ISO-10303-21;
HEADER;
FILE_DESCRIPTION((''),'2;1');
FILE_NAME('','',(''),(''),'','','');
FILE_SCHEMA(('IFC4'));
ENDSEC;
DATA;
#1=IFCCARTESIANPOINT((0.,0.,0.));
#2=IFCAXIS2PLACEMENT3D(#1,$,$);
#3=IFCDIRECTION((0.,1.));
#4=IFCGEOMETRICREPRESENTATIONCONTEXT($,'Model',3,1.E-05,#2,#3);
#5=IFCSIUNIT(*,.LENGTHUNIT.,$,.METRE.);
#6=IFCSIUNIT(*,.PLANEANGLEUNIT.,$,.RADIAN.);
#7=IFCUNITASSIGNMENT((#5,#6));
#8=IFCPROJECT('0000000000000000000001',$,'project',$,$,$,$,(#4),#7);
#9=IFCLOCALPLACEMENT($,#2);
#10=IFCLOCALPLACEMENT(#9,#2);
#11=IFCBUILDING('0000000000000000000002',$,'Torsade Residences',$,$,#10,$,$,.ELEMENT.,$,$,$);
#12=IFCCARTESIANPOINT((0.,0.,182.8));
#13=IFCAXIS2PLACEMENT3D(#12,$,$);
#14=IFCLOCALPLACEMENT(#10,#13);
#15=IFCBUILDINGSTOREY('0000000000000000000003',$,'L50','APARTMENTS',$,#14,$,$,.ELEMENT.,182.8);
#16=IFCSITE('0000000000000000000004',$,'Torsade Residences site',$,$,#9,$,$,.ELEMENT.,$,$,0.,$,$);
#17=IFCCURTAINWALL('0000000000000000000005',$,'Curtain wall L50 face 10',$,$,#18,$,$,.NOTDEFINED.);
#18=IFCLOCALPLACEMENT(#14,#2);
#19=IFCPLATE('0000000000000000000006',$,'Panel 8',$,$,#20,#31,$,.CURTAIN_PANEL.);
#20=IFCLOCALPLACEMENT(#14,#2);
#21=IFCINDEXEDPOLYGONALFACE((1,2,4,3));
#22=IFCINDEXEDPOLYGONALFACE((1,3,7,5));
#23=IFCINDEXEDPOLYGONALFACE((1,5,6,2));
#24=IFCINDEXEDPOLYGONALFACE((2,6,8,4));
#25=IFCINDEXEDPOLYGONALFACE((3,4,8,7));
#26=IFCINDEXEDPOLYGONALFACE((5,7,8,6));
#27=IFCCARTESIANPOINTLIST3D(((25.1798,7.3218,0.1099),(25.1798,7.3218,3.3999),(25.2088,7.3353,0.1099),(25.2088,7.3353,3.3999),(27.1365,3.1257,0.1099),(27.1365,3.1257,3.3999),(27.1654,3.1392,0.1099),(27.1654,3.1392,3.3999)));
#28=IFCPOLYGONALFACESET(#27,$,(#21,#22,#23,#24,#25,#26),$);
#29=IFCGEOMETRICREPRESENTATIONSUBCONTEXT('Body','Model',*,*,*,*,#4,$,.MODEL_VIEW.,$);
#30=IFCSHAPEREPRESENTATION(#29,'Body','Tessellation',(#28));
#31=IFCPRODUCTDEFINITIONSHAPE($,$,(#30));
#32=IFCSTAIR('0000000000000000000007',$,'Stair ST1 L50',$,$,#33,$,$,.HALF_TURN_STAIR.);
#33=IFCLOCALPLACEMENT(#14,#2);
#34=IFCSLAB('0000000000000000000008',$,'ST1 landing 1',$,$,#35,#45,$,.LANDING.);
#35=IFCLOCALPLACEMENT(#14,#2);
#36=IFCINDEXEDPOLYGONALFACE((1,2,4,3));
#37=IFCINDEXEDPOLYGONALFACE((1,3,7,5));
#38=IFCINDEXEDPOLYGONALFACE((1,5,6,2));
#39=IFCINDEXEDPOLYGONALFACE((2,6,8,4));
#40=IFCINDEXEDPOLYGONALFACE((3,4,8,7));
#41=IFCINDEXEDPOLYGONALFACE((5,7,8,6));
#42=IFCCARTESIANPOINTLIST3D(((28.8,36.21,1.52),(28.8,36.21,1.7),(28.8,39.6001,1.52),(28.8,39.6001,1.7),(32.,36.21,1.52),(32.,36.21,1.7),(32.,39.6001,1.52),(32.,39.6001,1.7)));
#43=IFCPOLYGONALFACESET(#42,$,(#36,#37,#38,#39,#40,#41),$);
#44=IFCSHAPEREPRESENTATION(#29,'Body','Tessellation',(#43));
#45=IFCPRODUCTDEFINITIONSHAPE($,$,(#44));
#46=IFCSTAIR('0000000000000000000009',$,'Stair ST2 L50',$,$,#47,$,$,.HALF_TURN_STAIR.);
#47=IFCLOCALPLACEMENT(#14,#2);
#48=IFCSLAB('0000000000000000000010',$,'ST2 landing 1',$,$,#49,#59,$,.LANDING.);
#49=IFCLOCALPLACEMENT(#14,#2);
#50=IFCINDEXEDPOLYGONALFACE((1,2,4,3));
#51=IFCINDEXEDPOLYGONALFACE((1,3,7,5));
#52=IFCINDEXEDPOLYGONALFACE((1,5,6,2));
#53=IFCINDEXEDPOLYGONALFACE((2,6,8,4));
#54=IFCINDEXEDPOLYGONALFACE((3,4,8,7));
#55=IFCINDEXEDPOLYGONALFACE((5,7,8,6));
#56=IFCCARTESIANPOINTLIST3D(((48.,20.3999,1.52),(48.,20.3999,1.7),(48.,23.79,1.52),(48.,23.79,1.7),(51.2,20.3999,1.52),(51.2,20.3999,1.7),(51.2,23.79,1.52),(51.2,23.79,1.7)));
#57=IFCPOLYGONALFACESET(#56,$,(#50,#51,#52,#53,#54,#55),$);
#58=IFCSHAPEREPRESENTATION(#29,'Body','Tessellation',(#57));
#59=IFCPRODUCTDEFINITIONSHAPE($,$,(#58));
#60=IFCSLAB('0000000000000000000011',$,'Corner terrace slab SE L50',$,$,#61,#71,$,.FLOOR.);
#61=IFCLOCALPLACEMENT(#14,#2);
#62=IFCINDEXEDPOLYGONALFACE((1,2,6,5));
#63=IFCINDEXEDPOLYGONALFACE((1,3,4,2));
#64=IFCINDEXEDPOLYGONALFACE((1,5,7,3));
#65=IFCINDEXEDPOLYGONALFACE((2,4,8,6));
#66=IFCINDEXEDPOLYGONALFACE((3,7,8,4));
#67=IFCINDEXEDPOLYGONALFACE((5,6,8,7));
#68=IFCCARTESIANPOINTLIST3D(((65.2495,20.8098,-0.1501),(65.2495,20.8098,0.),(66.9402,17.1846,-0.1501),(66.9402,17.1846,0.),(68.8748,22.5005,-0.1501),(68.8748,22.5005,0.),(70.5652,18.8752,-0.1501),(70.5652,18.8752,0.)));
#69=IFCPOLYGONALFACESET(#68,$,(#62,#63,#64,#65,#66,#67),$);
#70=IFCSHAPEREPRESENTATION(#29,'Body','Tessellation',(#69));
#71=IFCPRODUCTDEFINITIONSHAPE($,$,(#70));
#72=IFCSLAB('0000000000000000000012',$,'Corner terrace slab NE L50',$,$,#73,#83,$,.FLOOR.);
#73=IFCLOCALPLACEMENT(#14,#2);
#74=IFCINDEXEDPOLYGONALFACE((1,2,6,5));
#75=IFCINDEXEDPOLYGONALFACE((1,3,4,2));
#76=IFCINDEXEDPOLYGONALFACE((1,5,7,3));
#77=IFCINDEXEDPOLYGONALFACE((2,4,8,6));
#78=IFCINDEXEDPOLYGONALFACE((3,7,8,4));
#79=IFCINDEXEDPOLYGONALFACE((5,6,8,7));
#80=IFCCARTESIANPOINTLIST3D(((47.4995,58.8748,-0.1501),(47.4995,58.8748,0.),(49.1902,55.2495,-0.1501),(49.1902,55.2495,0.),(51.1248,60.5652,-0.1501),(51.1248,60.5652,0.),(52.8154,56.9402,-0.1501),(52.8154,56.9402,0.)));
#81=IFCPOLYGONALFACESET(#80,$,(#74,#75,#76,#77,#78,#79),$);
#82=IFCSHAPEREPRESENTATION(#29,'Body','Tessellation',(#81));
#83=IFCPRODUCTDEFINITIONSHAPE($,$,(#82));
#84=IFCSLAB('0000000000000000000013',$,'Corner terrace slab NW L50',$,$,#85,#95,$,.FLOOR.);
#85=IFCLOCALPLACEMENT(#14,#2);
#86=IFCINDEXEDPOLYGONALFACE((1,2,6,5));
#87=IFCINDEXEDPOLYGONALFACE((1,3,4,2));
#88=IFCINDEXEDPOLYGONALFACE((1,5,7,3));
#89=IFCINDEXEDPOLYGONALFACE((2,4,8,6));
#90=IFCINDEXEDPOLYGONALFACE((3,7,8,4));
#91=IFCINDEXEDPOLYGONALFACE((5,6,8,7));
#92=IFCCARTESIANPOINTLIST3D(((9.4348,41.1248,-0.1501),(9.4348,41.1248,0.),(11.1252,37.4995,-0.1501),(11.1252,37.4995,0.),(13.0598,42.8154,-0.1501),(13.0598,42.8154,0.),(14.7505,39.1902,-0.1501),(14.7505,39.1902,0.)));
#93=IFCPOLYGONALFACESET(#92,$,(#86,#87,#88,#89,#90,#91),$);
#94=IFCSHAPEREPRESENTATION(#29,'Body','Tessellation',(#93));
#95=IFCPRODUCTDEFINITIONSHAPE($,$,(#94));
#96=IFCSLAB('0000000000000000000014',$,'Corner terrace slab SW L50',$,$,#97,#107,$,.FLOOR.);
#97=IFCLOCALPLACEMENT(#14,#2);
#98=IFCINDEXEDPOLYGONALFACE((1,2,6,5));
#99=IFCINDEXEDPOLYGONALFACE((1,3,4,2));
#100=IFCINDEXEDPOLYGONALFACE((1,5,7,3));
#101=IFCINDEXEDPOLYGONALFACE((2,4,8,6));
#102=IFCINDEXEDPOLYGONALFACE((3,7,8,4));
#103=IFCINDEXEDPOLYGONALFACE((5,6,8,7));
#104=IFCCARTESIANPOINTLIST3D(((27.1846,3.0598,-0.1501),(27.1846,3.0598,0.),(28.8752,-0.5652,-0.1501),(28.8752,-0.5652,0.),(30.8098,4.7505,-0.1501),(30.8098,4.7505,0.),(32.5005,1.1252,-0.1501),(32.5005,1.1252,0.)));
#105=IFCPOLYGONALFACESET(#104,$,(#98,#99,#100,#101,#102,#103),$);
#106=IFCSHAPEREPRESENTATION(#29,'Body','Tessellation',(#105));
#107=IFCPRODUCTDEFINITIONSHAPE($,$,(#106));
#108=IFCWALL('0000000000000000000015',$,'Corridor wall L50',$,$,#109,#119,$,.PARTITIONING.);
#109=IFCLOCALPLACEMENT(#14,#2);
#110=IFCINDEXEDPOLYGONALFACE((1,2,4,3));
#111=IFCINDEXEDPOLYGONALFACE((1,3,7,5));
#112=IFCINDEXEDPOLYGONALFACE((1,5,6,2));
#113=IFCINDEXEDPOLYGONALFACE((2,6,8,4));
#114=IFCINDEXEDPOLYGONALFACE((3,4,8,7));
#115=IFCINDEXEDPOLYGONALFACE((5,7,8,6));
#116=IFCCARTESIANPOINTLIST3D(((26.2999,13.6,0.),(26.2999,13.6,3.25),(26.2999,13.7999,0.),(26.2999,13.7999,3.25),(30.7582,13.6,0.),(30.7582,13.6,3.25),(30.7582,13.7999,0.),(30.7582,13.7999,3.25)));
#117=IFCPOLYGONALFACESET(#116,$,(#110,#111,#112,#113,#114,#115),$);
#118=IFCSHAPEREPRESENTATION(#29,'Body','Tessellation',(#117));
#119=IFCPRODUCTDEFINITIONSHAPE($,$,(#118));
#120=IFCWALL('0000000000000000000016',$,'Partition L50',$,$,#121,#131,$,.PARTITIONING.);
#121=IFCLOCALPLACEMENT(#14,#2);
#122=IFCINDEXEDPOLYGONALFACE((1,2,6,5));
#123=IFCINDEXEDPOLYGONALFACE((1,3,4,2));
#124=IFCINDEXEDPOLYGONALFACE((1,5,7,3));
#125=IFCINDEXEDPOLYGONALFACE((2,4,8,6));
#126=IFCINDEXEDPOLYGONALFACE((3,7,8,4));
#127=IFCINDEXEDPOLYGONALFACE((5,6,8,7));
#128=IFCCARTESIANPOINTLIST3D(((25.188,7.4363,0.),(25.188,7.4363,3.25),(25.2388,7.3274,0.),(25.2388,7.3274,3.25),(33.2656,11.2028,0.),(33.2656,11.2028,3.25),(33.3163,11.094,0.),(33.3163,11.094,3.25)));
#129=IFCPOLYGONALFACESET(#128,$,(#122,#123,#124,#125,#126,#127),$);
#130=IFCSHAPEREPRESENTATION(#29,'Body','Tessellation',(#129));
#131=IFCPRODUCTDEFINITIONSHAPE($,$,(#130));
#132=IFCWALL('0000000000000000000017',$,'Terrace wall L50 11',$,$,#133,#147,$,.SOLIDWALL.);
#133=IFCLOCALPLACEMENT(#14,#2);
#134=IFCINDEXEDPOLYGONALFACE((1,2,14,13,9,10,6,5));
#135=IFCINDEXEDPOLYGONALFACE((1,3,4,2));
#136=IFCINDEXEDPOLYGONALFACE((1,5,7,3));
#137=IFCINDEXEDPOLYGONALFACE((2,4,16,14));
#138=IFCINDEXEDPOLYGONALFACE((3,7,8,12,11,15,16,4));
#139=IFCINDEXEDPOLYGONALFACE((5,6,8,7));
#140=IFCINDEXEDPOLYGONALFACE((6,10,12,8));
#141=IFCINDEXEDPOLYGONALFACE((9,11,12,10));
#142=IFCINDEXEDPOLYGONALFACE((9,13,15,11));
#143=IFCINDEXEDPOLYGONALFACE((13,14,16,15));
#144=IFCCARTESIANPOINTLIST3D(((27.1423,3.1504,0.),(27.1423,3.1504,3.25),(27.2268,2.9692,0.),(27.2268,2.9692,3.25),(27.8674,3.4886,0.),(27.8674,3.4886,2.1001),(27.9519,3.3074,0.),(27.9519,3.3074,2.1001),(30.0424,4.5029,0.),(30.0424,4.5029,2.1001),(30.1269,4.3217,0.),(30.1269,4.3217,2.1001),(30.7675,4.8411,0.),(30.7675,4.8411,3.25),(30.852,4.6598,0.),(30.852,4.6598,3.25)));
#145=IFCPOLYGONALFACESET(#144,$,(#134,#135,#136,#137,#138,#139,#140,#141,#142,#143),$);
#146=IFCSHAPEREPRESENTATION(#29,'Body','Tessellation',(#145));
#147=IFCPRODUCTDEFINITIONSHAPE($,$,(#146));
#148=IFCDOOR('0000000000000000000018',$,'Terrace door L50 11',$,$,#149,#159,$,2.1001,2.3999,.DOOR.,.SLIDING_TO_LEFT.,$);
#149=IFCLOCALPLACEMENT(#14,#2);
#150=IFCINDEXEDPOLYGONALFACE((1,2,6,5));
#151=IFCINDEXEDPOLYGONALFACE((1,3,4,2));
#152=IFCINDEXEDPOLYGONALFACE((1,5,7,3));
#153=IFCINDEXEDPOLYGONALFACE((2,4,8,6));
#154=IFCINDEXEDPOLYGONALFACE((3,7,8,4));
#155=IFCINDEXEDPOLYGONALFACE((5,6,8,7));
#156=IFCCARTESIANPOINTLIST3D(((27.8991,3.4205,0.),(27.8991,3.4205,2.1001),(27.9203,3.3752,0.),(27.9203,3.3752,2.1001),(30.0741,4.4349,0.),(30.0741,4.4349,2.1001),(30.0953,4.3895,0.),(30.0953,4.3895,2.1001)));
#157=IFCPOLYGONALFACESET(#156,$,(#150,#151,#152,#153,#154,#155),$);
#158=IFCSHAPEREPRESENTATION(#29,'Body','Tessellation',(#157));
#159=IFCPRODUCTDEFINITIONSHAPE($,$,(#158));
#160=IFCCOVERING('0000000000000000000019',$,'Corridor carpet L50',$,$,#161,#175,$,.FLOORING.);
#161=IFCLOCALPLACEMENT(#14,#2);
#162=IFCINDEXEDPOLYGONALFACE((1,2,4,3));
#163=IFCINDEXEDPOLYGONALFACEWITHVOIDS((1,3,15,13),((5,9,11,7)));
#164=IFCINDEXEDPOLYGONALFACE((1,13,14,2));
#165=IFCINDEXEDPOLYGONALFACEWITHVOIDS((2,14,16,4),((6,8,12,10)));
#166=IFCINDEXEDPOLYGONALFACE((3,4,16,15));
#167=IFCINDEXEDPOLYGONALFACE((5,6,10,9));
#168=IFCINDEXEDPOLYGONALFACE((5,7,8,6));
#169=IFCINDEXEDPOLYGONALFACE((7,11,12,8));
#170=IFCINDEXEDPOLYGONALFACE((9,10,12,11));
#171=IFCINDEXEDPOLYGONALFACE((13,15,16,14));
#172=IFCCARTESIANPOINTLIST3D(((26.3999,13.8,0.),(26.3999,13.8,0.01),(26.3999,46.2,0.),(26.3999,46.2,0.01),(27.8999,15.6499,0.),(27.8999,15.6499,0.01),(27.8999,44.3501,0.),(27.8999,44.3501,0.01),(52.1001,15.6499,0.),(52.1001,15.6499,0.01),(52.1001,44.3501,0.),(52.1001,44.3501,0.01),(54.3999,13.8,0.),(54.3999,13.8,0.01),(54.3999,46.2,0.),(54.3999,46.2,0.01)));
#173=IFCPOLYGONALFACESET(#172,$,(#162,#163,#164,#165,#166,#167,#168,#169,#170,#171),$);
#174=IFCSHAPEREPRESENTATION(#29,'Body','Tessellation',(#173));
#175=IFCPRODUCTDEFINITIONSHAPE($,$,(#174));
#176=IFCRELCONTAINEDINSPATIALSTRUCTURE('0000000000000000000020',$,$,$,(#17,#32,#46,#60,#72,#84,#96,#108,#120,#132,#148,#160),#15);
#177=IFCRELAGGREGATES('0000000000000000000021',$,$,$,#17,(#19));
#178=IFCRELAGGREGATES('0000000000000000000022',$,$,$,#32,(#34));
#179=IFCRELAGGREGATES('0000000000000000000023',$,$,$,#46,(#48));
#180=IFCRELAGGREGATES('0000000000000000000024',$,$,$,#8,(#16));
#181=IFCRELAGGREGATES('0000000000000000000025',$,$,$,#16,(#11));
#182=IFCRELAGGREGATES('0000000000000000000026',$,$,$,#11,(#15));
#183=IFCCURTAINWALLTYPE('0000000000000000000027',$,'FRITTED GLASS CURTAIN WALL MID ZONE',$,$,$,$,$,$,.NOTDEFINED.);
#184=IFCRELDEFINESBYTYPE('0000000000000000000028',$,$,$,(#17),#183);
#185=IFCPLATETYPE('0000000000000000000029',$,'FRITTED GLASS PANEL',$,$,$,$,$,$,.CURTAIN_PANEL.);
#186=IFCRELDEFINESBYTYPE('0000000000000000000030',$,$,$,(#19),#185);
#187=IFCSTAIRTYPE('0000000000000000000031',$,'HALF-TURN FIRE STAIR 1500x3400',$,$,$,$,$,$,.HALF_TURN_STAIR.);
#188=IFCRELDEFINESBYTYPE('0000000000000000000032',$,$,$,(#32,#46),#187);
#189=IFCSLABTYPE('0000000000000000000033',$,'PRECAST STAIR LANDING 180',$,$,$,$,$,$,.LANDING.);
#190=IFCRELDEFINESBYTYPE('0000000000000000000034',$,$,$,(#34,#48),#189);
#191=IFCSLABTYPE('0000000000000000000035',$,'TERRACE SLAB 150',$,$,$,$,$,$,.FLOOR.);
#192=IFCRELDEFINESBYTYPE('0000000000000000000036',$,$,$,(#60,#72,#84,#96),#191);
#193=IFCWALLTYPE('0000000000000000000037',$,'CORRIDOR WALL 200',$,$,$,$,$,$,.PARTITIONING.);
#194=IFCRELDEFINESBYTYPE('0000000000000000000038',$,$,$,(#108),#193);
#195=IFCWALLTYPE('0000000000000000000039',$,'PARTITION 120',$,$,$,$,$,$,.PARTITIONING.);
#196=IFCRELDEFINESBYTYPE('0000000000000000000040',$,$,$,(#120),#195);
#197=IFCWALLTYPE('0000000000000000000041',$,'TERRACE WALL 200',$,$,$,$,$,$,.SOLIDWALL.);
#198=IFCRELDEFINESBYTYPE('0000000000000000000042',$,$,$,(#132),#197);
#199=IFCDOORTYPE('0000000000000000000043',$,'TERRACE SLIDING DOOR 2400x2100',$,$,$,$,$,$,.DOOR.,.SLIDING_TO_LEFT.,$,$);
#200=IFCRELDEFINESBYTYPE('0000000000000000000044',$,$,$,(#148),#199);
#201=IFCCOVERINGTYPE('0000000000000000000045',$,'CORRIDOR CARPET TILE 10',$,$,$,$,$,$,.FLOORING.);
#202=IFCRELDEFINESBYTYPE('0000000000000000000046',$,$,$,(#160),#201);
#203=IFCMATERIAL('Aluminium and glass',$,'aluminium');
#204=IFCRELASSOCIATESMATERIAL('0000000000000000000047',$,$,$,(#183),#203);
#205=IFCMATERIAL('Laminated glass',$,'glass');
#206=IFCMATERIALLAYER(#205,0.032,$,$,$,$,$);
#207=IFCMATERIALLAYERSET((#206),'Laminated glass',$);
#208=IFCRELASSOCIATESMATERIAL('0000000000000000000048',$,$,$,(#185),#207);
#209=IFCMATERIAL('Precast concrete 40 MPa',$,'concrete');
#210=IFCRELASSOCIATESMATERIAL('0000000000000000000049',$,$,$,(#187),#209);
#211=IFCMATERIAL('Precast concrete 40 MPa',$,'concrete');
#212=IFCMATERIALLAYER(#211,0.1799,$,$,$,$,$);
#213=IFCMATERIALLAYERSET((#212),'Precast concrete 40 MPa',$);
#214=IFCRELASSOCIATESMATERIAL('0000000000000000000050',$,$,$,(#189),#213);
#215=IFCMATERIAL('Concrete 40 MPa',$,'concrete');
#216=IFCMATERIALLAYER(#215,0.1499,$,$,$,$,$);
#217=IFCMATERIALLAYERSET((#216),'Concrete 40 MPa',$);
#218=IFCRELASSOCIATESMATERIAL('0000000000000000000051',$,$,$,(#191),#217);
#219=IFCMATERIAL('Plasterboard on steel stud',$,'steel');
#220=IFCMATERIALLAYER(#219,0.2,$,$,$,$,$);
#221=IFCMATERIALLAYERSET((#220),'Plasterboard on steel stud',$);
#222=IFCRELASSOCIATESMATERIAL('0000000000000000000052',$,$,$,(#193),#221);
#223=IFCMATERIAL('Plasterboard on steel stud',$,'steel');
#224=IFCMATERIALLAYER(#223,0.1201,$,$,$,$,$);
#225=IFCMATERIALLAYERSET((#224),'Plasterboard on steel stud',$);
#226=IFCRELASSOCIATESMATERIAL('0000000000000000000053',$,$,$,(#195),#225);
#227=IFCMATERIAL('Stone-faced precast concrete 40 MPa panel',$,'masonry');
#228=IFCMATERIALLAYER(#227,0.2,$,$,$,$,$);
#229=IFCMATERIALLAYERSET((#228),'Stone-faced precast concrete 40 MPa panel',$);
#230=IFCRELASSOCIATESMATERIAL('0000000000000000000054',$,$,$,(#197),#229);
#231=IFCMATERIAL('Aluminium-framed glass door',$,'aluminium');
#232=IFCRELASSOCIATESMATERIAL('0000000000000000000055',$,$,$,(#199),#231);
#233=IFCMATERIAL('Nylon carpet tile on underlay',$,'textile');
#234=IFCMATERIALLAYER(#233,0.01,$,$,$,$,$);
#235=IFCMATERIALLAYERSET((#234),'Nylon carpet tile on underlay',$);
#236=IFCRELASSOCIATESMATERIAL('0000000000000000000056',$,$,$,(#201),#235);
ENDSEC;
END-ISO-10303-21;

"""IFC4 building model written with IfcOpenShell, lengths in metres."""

from ifc_helpers import new_model, si_unit, direction, frame, frame_2d, origin, origin_2d, place, context, subcontext, project, spatial, polyline, rectangle, outline, extrude, material, layer, layer_set, type_object, element, fill, aggregate, save


model = new_model("IFC4")

# Units and contexts
model_context = context("Model", 3, precision=1e-05, world=origin(), true_north=direction((0.0, 1.0)))
body_context = subcontext(model_context, "Body", "Model", "MODEL_VIEW")
ifc_project = project(units=[si_unit("LENGTHUNIT", "METRE"), si_unit("PLANEANGLEUNIT", "RADIAN")], contexts=[model_context])

# Site, building, storey
site_placement = place(None, origin())
site = spatial("IfcSite", under=ifc_project, at=site_placement, Name="Torsade Residences site", CompositionType="ELEMENT", RefElevation=0.0)
building_placement = place(site_placement, origin())
building = spatial("IfcBuilding", under=site, at=building_placement, Name="Torsade Residences", CompositionType="ELEMENT")
storey_placement = place(building_placement, frame((0.0, 0.0, 182.8)))
storey = spatial("IfcBuildingStorey", under=building, at=storey_placement, Name="L50", Description="APARTMENTS", CompositionType="ELEMENT", Elevation=182.8)

# Curtain wall
ifc_material_1 = material(Name="Aluminium and glass", Category="aluminium")
curtain_wall_type = type_object("IfcCurtainWallType", Name="FRITTED GLASS CURTAIN WALL MID ZONE", PredefinedType="NOTDEFINED", material=ifc_material_1)
curtain_wall_placement = place(storey_placement, origin())
curtain_wall = element("IfcCurtainWall", 1, at=curtain_wall_placement, inside=storey, type_object=curtain_wall_type, Name="Curtain wall L50 face 10", PredefinedType="NOTDEFINED")

# Plate
ifc_material_2 = material(Name="Laminated glass", Category="glass")
ifc_layer_1 = layer(ifc_material_2, 0.032)
ifc_layer_set_1 = layer_set([ifc_layer_1], Name="Laminated glass")
plate_type = type_object("IfcPlateType", Name="FRITTED GLASS PANEL", PredefinedType="CURTAIN_PANEL", material=ifc_layer_set_1)
plate_1_placement = place(storey_placement, frame((26.1726, 5.2305, 0.1099), z_axis=(0.0, 0.0, 1.0), x_axis=(0.422618, -0.906308, 0.0)))
plate_1 = element("IfcPlate", 2, at=plate_1_placement, type_object=plate_type, Name="Panel 8", PredefinedType="CURTAIN_PANEL", context=body_context, shape_type="SweptSolid", body=[
    extrude(rectangle(XDim=4.6299, YDim=0.032, at=origin_2d()), origin(), (0.0, 0.0, 1.0), 3.29),
])
aggregate(curtain_wall, [plate_1])

# Stairs, slabs
ifc_material_3 = material(Name="Precast concrete 40 MPa", Category="concrete")
stair_type = type_object("IfcStairType", Name="HALF-TURN FIRE STAIR 1500x3400", PredefinedType="HALF_TURN_STAIR", material=ifc_material_3)
stair_1_placement = place(storey_placement, origin())
stair_1 = element("IfcStair", 3, at=stair_1_placement, inside=storey, type_object=stair_type, Name="Stair ST1 L50", PredefinedType="HALF_TURN_STAIR")
ifc_material_4 = material(Name="Precast concrete 40 MPa", Category="concrete")
ifc_layer_2 = layer(ifc_material_4, 0.1799)
ifc_layer_set_2 = layer_set([ifc_layer_2], Name="Precast concrete 40 MPa")
slab_type_1 = type_object("IfcSlabType", Name="PRECAST STAIR LANDING 180", PredefinedType="LANDING", material=ifc_layer_set_2)
slab_1_placement = place(storey_placement, frame((0.0, 0.0, 1.52)))
slab_1 = element("IfcSlab", 4, at=slab_1_placement, type_object=slab_type_1, Name="ST1 landing 1", PredefinedType="LANDING", context=body_context, shape_type="SweptSolid", body=[
    extrude(outline(polyline([(28.8, 36.21), (32.0, 36.21), (32.0, 39.6001), (28.8, 39.6001), (28.8, 36.21)])), origin(), (0.0, 0.0, 1.0), 0.1799),
])
aggregate(stair_1, [slab_1])
stair_2_placement = place(storey_placement, origin())
stair_2 = element("IfcStair", 5, at=stair_2_placement, inside=storey, type_object=stair_type, Name="Stair ST2 L50", PredefinedType="HALF_TURN_STAIR")
slab_2_placement = place(storey_placement, frame((0.0, 0.0, 1.52)))
slab_2 = element("IfcSlab", 6, at=slab_2_placement, type_object=slab_type_1, Name="ST2 landing 1", PredefinedType="LANDING", context=body_context, shape_type="SweptSolid", body=[
    extrude(outline(polyline([(48.0, 20.3999), (51.2, 20.3999), (51.2, 23.79), (48.0, 23.79), (48.0, 20.3999)])), origin(), (0.0, 0.0, 1.0), 0.1799),
])
aggregate(stair_2, [slab_2])

# Slabs
ifc_material_5 = material(Name="Concrete 40 MPa", Category="concrete")
ifc_layer_3 = layer(ifc_material_5, 0.1499)
ifc_layer_set_3 = layer_set([ifc_layer_3], Name="Concrete 40 MPa")
slab_type_2 = type_object("IfcSlabType", Name="TERRACE SLAB 150", PredefinedType="FLOOR", material=ifc_layer_set_3)
slab_3_placement = place(storey_placement, frame((0.0, 0.0, -0.1501)))
element("IfcSlab", 7, at=slab_3_placement, inside=storey, type_object=slab_type_2, Name="Corner terrace slab SE L50", PredefinedType="FLOOR", context=body_context, shape_type="SweptSolid", body=[
    extrude(outline(polyline([(66.9402, 17.1846), (70.5652, 18.8752), (68.8748, 22.5005), (65.2495, 20.8098), (66.9402, 17.1846)])), origin(), (0.0, 0.0, 1.0), 0.1501),
])
slab_4_placement = place(storey_placement, frame((0.0, 0.0, -0.1501)))
element("IfcSlab", 8, at=slab_4_placement, inside=storey, type_object=slab_type_2, Name="Corner terrace slab NE L50", PredefinedType="FLOOR", context=body_context, shape_type="SweptSolid", body=[
    extrude(outline(polyline([(49.1902, 55.2495), (52.8154, 56.9402), (51.1248, 60.5652), (47.4995, 58.8748), (49.1902, 55.2495)])), origin(), (0.0, 0.0, 1.0), 0.1501),
])
slab_5_placement = place(storey_placement, frame((0.0, 0.0, -0.1501)))
element("IfcSlab", 9, at=slab_5_placement, inside=storey, type_object=slab_type_2, Name="Corner terrace slab NW L50", PredefinedType="FLOOR", context=body_context, shape_type="SweptSolid", body=[
    extrude(outline(polyline([(11.1252, 37.4995), (14.7505, 39.1902), (13.0598, 42.8154), (9.4348, 41.1248), (11.1252, 37.4995)])), origin(), (0.0, 0.0, 1.0), 0.1501),
])
slab_6_placement = place(storey_placement, frame((0.0, 0.0, -0.1501)))
element("IfcSlab", 10, at=slab_6_placement, inside=storey, type_object=slab_type_2, Name="Corner terrace slab SW L50", PredefinedType="FLOOR", context=body_context, shape_type="SweptSolid", body=[
    extrude(outline(polyline([(28.8752, -0.5652), (32.5005, 1.1252), (30.8098, 4.7505), (27.1846, 3.0598), (28.8752, -0.5652)])), origin(), (0.0, 0.0, 1.0), 0.1501),
])

# Walls
ifc_material_6 = material(Name="Plasterboard on steel stud", Category="steel")
ifc_layer_4 = layer(ifc_material_6, 0.2)
ifc_layer_set_4 = layer_set([ifc_layer_4], Name="Plasterboard on steel stud")
wall_type_1 = type_object("IfcWallType", Name="CORRIDOR WALL 200", PredefinedType="PARTITIONING", material=ifc_layer_set_4)
wall_1_placement = place(storey_placement, frame((26.3, 13.7, 0.0), z_axis=(0.0, 0.0, 1.0), x_axis=(1.0, 0.0, 0.0)))
element("IfcWall", 11, at=wall_1_placement, inside=storey, type_object=wall_type_1, Name="Corridor wall L50", PredefinedType="PARTITIONING", context=body_context, shape_type="SweptSolid", body=[
    extrude(rectangle(XDim=4.4583, YDim=0.2, at=frame_2d((2.229, 0.0))), origin(), (0.0, 0.0, 1.0), 3.25),
])
ifc_material_7 = material(Name="Plasterboard on steel stud", Category="steel")
ifc_layer_5 = layer(ifc_material_7, 0.1201)
ifc_layer_set_5 = layer_set([ifc_layer_5], Name="Plasterboard on steel stud")
wall_type_2 = type_object("IfcWallType", Name="PARTITION 120", PredefinedType="PARTITIONING", material=ifc_layer_set_5)
wall_2_placement = place(storey_placement, frame((25.2134, 7.3818, 0.0), z_axis=(0.0, 0.0, 1.0), x_axis=(0.90631, 0.422613, 0.0)))
element("IfcWall", 12, at=wall_2_placement, inside=storey, type_object=wall_type_2, Name="Partition L50", PredefinedType="PARTITIONING", context=body_context, shape_type="SweptSolid", body=[
    extrude(rectangle(XDim=8.9126, YDim=0.1201, at=frame_2d((4.4563, 0.0))), origin(), (0.0, 0.0, 1.0), 3.25),
])

# Wall, opening, door
ifc_material_8 = material(Name="Stone-faced precast concrete 40 MPa panel", Category="masonry")
ifc_layer_6 = layer(ifc_material_8, 0.2)
ifc_layer_set_6 = layer_set([ifc_layer_6], Name="Stone-faced precast concrete 40 MPa panel")
wall_type_3 = type_object("IfcWallType", Name="TERRACE WALL 200", PredefinedType="SOLIDWALL", material=ifc_layer_set_6)
wall_3_placement = place(storey_placement, frame((27.1846, 3.0598, 0.0), z_axis=(0.0, 0.0, 1.0), x_axis=(0.906289, 0.422658, 0.0)))
wall_3 = element("IfcWall", 13, at=wall_3_placement, inside=storey, type_object=wall_type_3, Name="Terrace wall L50 11", PredefinedType="SOLIDWALL", context=body_context, shape_type="SweptSolid", body=[
    extrude(rectangle(XDim=4.0, YDim=0.2, at=frame_2d((2.0, 0.0))), origin(), (0.0, 0.0, 1.0), 3.25),
])
opening_placement = place(wall_3_placement, frame((0.8, 0.0, 0.0)))
opening = element("IfcOpeningElement", 14, at=opening_placement, cuts=wall_3, PredefinedType="OPENING", context=body_context, shape_type="SweptSolid", body=[
    extrude(rectangle(XDim=2.3999, YDim=2.1001, at=frame_2d((1.2, 1.05))), frame((0.0, 0.1099, 0.0), z_axis=(0.0, -1.0, 0.0), x_axis=(1.0, 0.0, 0.0)), (0.0, 0.0, 1.0), 0.22),
])
ifc_material_9 = material(Name="Aluminium-framed glass door", Category="aluminium")
door_type = type_object("IfcDoorType", Name="TERRACE SLIDING DOOR 2400x2100", OperationType="SLIDING_TO_LEFT", PredefinedType="DOOR", material=ifc_material_9)
door_placement = place(opening_placement, origin())
door = element("IfcDoor", 15, at=door_placement, inside=storey, type_object=door_type, Name="Terrace door L50 11", OperationType="SLIDING_TO_LEFT", OverallHeight=2.1001, OverallWidth=2.3999, PredefinedType="DOOR", context=body_context, shape_type="SweptSolid", body=[
    extrude(rectangle(XDim=2.3999, YDim=2.1001, at=frame_2d((1.2, 1.05))), frame((0.0, 0.0249, 0.0), z_axis=(0.0, -1.0, 0.0), x_axis=(1.0, 0.0, 0.0)), (0.0, 0.0, 1.0), 0.05),
])
fill(opening, door)

# Covering
ifc_material_10 = material(Name="Nylon carpet tile on underlay", Category="textile")
ifc_layer_7 = layer(ifc_material_10, 0.01)
ifc_layer_set_7 = layer_set([ifc_layer_7], Name="Nylon carpet tile on underlay")
covering_type_1 = type_object("IfcCoveringType", Name="CORRIDOR CARPET TILE 10", PredefinedType="FLOORING", material=ifc_layer_set_7)
covering_1_placement = place(storey_placement, origin())
element("IfcCovering", 16, at=covering_1_placement, inside=storey, type_object=covering_type_1, Name="Corridor carpet L50", PredefinedType="FLOORING", context=body_context, shape_type="SweptSolid", body=[
    extrude(outline(polyline([(26.3999, 46.2), (26.3999, 13.8), (54.3999, 13.8), (54.3999, 46.2), (26.3999, 46.2)]), holes=[polyline([(52.1001, 44.3501), (27.8999, 44.3501), (27.8999, 15.6499), (52.1001, 15.6499), (52.1001, 44.3501)])]), origin(), (0.0, 0.0, 1.0), 0.01),
])

save(model, "model.ifc")
